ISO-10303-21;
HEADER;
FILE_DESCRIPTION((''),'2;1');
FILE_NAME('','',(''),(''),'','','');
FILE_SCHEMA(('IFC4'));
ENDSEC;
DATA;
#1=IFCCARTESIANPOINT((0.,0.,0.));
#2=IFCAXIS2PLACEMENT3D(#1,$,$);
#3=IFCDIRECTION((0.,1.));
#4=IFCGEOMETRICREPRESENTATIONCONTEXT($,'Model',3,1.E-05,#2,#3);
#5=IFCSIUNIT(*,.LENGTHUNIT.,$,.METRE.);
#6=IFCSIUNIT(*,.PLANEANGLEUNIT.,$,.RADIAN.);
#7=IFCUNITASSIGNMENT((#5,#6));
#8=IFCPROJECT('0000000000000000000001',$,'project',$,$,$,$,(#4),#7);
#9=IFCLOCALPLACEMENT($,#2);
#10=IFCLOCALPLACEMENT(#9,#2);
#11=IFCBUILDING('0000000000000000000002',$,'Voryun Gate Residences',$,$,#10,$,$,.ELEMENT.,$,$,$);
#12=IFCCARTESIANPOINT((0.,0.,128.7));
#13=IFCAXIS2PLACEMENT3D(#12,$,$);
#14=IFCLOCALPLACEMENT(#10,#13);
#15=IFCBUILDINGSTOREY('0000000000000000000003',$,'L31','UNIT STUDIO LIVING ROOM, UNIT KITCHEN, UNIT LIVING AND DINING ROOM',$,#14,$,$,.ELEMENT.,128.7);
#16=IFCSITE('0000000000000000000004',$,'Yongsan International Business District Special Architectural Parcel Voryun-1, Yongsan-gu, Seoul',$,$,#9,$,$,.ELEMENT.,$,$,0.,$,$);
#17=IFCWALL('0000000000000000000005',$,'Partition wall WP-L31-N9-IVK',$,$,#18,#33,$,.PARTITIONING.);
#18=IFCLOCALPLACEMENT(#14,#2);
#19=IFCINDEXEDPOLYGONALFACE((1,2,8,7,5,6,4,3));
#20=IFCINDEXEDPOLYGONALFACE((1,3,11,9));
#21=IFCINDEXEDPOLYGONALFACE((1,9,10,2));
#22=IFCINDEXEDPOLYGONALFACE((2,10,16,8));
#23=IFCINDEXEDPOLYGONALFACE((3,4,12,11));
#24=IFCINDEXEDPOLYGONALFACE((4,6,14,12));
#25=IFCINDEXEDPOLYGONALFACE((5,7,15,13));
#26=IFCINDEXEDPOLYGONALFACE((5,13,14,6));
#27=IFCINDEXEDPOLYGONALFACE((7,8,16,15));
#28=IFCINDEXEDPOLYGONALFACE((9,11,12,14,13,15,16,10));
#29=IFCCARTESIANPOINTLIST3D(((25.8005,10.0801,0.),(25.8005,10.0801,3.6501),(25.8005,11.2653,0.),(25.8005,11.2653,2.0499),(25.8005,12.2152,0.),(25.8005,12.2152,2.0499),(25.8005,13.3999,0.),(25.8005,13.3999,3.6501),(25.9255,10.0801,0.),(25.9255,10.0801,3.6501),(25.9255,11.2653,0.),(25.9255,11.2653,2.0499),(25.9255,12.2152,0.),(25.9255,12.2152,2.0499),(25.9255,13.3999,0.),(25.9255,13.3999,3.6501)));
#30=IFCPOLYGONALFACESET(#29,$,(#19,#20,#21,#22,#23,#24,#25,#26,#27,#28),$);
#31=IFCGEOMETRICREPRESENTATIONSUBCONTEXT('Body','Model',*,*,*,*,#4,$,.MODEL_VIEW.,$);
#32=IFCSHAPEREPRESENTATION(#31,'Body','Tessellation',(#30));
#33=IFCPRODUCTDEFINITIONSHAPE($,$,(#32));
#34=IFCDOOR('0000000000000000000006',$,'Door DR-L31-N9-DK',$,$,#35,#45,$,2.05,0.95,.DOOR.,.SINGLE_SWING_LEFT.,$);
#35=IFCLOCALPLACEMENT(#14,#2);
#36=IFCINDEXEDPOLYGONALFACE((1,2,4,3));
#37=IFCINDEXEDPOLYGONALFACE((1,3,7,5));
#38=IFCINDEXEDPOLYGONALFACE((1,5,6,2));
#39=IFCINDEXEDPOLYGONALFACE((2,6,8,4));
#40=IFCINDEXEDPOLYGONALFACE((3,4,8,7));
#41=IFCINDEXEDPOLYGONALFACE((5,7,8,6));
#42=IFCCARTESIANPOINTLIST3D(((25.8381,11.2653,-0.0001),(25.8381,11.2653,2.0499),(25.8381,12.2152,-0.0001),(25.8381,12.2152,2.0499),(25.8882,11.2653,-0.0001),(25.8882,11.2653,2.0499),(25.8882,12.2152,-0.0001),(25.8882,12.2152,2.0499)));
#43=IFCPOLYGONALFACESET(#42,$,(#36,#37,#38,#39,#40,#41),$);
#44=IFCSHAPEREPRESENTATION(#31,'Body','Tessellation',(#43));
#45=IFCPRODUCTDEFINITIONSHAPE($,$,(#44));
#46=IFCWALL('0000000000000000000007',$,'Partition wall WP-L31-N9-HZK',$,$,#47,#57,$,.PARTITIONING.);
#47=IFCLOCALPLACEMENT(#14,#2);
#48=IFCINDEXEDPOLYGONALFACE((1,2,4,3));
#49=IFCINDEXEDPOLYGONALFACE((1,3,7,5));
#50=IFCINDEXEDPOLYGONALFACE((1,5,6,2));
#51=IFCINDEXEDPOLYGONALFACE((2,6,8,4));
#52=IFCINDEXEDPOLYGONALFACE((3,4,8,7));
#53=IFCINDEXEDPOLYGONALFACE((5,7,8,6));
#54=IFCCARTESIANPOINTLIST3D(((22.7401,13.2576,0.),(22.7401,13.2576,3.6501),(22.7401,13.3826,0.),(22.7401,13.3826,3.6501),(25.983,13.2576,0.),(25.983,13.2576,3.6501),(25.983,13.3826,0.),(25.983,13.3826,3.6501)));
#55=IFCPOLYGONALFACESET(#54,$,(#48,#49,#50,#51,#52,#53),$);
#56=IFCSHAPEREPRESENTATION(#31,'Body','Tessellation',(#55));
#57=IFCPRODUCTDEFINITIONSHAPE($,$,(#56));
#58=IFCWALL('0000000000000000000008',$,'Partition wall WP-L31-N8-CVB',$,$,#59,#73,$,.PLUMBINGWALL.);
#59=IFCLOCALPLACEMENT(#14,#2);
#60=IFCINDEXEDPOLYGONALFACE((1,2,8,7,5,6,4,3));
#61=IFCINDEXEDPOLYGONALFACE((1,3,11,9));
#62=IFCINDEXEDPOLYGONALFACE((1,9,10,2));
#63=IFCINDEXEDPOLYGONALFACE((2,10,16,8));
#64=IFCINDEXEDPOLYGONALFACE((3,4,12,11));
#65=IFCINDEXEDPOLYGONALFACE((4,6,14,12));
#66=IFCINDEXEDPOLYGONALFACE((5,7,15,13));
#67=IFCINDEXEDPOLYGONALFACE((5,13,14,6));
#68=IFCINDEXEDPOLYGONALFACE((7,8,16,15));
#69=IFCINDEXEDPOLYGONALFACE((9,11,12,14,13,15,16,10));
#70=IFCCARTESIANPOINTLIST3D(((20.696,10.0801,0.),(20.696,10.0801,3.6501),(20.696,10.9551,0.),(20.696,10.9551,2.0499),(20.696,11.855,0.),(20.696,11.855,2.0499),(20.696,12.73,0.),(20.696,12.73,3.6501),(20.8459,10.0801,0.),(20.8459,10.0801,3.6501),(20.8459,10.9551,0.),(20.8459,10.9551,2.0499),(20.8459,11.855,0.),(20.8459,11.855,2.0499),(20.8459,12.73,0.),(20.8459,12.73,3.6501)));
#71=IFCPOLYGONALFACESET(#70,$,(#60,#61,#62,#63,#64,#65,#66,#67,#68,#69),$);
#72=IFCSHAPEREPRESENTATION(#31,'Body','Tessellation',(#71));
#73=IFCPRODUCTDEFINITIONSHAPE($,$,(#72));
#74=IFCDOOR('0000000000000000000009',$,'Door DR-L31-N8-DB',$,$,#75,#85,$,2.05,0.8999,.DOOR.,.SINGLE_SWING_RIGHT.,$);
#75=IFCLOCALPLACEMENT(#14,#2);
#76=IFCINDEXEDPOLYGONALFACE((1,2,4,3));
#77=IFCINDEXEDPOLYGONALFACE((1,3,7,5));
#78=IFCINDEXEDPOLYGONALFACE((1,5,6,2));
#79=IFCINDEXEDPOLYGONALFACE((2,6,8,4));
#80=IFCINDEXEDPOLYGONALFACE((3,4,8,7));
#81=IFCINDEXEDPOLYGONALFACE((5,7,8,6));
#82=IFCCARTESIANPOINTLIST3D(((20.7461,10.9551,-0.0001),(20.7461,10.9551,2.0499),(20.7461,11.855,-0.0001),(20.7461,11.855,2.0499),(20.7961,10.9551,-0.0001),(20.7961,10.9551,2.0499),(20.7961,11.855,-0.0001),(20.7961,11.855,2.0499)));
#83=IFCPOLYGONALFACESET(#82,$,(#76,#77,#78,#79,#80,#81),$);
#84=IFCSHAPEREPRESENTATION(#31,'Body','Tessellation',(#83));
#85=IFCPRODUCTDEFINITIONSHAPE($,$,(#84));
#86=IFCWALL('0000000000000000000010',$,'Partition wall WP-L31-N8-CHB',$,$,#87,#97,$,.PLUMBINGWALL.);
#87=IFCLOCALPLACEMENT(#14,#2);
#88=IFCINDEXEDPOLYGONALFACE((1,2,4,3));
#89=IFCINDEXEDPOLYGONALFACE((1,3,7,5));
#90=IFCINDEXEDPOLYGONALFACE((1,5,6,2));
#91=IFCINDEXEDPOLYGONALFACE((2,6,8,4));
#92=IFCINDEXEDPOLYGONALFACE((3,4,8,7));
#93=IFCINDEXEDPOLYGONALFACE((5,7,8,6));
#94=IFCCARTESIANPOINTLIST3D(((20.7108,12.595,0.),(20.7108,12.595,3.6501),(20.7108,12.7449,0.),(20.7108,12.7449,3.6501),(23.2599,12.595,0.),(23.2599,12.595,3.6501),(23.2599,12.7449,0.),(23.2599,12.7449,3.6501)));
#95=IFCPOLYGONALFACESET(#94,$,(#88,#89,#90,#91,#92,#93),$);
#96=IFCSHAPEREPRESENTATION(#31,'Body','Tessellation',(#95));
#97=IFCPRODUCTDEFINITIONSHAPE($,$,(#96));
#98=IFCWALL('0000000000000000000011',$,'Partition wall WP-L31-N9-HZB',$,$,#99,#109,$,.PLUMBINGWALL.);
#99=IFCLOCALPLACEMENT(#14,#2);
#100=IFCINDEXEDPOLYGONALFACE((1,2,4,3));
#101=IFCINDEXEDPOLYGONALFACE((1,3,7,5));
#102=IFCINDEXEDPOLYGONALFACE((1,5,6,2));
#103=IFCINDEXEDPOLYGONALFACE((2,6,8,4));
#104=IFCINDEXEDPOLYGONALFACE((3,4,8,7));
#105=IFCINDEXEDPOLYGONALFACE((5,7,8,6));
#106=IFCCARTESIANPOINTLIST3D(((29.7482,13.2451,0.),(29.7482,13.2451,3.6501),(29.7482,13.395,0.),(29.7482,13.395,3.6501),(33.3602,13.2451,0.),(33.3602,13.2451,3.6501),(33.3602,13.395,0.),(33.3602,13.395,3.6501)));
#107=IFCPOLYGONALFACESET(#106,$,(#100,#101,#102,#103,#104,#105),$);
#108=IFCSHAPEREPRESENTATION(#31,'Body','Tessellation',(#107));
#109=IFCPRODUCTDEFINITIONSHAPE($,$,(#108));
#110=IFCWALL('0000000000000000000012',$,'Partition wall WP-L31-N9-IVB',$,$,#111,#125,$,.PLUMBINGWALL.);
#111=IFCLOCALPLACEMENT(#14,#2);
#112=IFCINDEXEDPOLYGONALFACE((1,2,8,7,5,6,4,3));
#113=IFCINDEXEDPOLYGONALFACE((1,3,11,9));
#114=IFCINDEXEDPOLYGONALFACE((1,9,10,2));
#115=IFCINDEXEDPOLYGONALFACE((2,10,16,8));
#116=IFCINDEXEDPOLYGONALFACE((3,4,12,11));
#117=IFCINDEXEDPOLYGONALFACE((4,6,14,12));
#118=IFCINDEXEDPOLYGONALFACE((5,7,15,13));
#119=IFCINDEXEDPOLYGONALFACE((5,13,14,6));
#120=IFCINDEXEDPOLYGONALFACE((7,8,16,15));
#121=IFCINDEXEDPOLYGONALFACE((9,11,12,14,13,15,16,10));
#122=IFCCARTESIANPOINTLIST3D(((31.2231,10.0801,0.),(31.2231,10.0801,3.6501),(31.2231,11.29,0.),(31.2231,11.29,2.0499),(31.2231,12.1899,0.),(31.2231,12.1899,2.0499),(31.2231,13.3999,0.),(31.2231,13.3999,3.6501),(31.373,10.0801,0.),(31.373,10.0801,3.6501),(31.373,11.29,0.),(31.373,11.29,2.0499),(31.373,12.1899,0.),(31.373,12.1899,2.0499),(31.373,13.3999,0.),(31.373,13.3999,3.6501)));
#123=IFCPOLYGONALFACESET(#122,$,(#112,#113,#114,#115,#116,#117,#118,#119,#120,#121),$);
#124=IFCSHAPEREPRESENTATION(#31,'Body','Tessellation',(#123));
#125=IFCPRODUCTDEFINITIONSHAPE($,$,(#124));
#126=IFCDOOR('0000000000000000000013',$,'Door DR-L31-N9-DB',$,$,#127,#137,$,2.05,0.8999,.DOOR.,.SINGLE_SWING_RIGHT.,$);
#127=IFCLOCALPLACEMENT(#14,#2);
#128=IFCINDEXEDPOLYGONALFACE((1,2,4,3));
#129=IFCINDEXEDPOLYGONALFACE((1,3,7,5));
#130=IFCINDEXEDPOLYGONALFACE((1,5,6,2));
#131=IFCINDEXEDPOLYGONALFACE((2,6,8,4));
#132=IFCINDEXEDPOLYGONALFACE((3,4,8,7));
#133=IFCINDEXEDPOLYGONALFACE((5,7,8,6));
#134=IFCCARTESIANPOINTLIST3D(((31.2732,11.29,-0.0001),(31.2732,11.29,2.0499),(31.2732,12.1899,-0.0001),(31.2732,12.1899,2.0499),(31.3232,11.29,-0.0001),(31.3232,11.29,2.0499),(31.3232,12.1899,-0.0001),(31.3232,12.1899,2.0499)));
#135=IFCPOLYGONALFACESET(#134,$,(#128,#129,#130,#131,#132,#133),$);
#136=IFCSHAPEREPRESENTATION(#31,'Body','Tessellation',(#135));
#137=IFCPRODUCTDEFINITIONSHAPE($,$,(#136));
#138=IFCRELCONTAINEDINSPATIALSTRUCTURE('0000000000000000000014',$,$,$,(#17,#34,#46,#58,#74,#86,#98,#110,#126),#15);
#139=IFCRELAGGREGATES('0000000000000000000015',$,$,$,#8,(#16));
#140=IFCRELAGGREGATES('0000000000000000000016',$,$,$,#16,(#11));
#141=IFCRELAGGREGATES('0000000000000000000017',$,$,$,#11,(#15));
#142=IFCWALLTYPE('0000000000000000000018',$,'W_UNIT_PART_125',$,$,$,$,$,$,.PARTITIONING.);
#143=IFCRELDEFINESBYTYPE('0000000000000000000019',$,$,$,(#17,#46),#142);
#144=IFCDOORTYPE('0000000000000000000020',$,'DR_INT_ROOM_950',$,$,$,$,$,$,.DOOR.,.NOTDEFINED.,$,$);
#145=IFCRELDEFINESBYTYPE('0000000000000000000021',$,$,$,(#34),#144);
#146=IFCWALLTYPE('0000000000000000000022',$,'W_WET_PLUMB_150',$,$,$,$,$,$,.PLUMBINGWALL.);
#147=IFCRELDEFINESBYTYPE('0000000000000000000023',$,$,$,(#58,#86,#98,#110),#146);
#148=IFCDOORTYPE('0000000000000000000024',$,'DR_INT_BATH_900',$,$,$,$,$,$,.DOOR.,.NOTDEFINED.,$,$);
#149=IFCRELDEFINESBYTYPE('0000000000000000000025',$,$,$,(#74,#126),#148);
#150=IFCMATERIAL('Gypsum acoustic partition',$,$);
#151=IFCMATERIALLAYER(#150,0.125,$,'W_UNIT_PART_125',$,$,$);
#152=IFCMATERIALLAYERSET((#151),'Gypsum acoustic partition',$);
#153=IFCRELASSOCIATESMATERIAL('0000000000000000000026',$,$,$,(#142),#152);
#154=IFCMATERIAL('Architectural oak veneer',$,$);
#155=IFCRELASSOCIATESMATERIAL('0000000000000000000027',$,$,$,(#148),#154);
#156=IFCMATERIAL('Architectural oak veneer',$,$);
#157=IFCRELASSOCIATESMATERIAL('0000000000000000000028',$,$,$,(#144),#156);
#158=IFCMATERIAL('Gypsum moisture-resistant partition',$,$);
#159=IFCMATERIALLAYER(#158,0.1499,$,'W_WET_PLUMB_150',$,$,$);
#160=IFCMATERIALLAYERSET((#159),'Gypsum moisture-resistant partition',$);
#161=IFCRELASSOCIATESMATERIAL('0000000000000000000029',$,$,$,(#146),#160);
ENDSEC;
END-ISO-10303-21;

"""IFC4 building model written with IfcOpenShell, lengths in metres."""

from ifc_helpers import new_model, si_unit, direction, frame, frame_2d, origin, place, context, subcontext, project, spatial, rectangle, extrude, material, layer, layer_set, type_object, element, fill, save


model = new_model("IFC4")

# Units and contexts
model_context = context("Model", 3, precision=1e-05, world=origin(), true_north=direction((0.0, 1.0)))
body_context = subcontext(model_context, "Body", "Model", "MODEL_VIEW")
ifc_project = project(units=[si_unit("LENGTHUNIT", "METRE"), si_unit("PLANEANGLEUNIT", "RADIAN")], contexts=[model_context])

# Site, building, storey
site_placement = place(None, origin())
site = spatial("IfcSite", under=ifc_project, at=site_placement, Name="Yongsan International Business District Special Architectural Parcel Voryun-1, Yongsan-gu, Seoul", CompositionType="ELEMENT", RefElevation=0.0)
building_placement = place(site_placement, origin())
building = spatial("IfcBuilding", under=site, at=building_placement, Name="Voryun Gate Residences", CompositionType="ELEMENT")
storey_placement = place(building_placement, frame((0.0, 0.0, 128.7)))
storey = spatial("IfcBuildingStorey", under=building, at=storey_placement, Name="L31", Description="UNIT STUDIO LIVING ROOM, UNIT KITCHEN, UNIT LIVING AND DINING ROOM", CompositionType="ELEMENT", Elevation=128.7)

# Wall, opening, door
ifc_material_1 = material(Name="Gypsum acoustic partition")
ifc_layer_1 = layer(ifc_material_1, 0.125, Name="W_UNIT_PART_125")
ifc_layer_set_1 = layer_set([ifc_layer_1], Name="Gypsum acoustic partition")
wall_type_1 = type_object("IfcWallType", Name="W_UNIT_PART_125", PredefinedType="PARTITIONING", material=ifc_layer_set_1)
ifc_material_2 = material(Name="Architectural oak veneer")
door_type_1 = type_object("IfcDoorType", Name="DR_INT_BATH_900", OperationType="NOTDEFINED", PredefinedType="DOOR", material=ifc_material_2)
wall_1_placement = place(storey_placement, frame((25.863, 10.0801, 0.0), z_axis=(0.0, 0.0, 1.0), x_axis=(0.0, 1.0, 0.0)))
wall_1 = element("IfcWall", 1, at=wall_1_placement, inside=storey, type_object=wall_type_1, Name="Partition wall WP-L31-N9-IVK", PredefinedType="PARTITIONING", context=body_context, shape_type="SweptSolid", body=[
    extrude(rectangle(XDim=3.3198, YDim=0.125, at=frame_2d((1.6599, 0.0))), origin(), (0.0, 0.0, 1.0), 3.6501),
])
opening_1_placement = place(wall_1_placement, frame((1.1851, 0.0, 0.0)))
opening_1 = element("IfcOpeningElement", 2, at=opening_1_placement, cuts=wall_1, PredefinedType="OPENING", context=body_context, shape_type="SweptSolid", body=[
    extrude(rectangle(XDim=0.95, YDim=2.05, at=frame_2d((0.4751, 1.0249))), frame((0.0, 0.0725, 0.0), z_axis=(0.0, -1.0, 0.0), x_axis=(1.0, 0.0, 0.0)), (0.0, 0.0, 1.0), 0.145),
])
ifc_material_3 = material(Name="Architectural oak veneer")
door_type_2 = type_object("IfcDoorType", Name="DR_INT_ROOM_950", OperationType="NOTDEFINED", PredefinedType="DOOR", material=ifc_material_3)
door_1_placement = place(opening_1_placement, origin())
door_1 = element("IfcDoor", 3, at=door_1_placement, inside=storey, type_object=door_type_2, Name="Door DR-L31-N9-DK", OperationType="SINGLE_SWING_LEFT", OverallHeight=2.05, OverallWidth=0.95, PredefinedType="DOOR", context=body_context, shape_type="SweptSolid", body=[
    extrude(rectangle(XDim=0.95, YDim=2.05, at=frame_2d((0.4751, 1.0249))), frame((0.0, 0.0249, 0.0), z_axis=(0.0, -1.0, 0.0), x_axis=(1.0, 0.0, 0.0)), (0.0, 0.0, 1.0), 0.05),
])
fill(opening_1, door_1)

# Wall
wall_2_placement = place(storey_placement, frame((22.74, 13.3201, 0.0), z_axis=(0.0, 0.0, 1.0), x_axis=(1.0, 0.0, 0.0)))
element("IfcWall", 4, at=wall_2_placement, inside=storey, type_object=wall_type_1, Name="Partition wall WP-L31-N9-HZK", PredefinedType="PARTITIONING", context=body_context, shape_type="SweptSolid", body=[
    extrude(rectangle(XDim=3.2429, YDim=0.125, at=frame_2d((1.6216, 0.0))), origin(), (0.0, 0.0, 1.0), 3.6501),
])

# Wall, opening, door
ifc_material_4 = material(Name="Gypsum moisture-resistant partition")
ifc_layer_2 = layer(ifc_material_4, 0.1499, Name="W_WET_PLUMB_150")
ifc_layer_set_2 = layer_set([ifc_layer_2], Name="Gypsum moisture-resistant partition")
wall_type_2 = type_object("IfcWallType", Name="W_WET_PLUMB_150", PredefinedType="PLUMBINGWALL", material=ifc_layer_set_2)
wall_3_placement = place(storey_placement, frame((20.771, 10.0801, 0.0), z_axis=(0.0, 0.0, 1.0), x_axis=(0.0, 1.0, 0.0)))
wall_3 = element("IfcWall", 5, at=wall_3_placement, inside=storey, type_object=wall_type_2, Name="Partition wall WP-L31-N8-CVB", PredefinedType="PLUMBINGWALL", context=body_context, shape_type="SweptSolid", body=[
    extrude(rectangle(XDim=2.6499, YDim=0.1499, at=frame_2d((1.325, 0.0))), origin(), (0.0, 0.0, 1.0), 3.6501),
])
opening_2_placement = place(wall_3_placement, frame((0.875, 0.0, 0.0)))
opening_2 = element("IfcOpeningElement", 6, at=opening_2_placement, cuts=wall_3, PredefinedType="OPENING", context=body_context, shape_type="SweptSolid", body=[
    extrude(rectangle(XDim=0.8999, YDim=2.05, at=frame_2d((0.45, 1.0249))), frame((0.0, 0.085, 0.0), z_axis=(0.0, -1.0, 0.0), x_axis=(1.0, 0.0, 0.0)), (0.0, 0.0, 1.0), 0.1699),
])
door_2_placement = place(opening_2_placement, origin())
door_2 = element("IfcDoor", 7, at=door_2_placement, inside=storey, type_object=door_type_1, Name="Door DR-L31-N8-DB", OperationType="SINGLE_SWING_RIGHT", OverallHeight=2.05, OverallWidth=0.8999, PredefinedType="DOOR", context=body_context, shape_type="SweptSolid", body=[
    extrude(rectangle(XDim=0.8999, YDim=2.05, at=frame_2d((0.45, 1.0249))), frame((0.0, 0.0249, 0.0), z_axis=(0.0, -1.0, 0.0), x_axis=(1.0, 0.0, 0.0)), (0.0, 0.0, 1.0), 0.05),
])
fill(opening_2, door_2)

# Walls
wall_4_placement = place(storey_placement, frame((20.7109, 12.6699, 0.0), z_axis=(0.0, 0.0, 1.0), x_axis=(1.0, 0.0, 0.0)))
element("IfcWall", 8, at=wall_4_placement, inside=storey, type_object=wall_type_2, Name="Partition wall WP-L31-N8-CHB", PredefinedType="PLUMBINGWALL", context=body_context, shape_type="SweptSolid", body=[
    extrude(rectangle(XDim=2.5491, YDim=0.1499, at=frame_2d((1.2744, 0.0))), origin(), (0.0, 0.0, 1.0), 3.6501),
])
wall_5_placement = place(storey_placement, frame((29.748, 13.3201, 0.0), z_axis=(0.0, 0.0, 1.0), x_axis=(1.0, 0.0, 0.0)))
element("IfcWall", 9, at=wall_5_placement, inside=storey, type_object=wall_type_2, Name="Partition wall WP-L31-N9-HZB", PredefinedType="PLUMBINGWALL", context=body_context, shape_type="SweptSolid", body=[
    extrude(rectangle(XDim=3.6121, YDim=0.1499, at=frame_2d((1.8062, 0.0))), origin(), (0.0, 0.0, 1.0), 3.6501),
])

# Wall, opening, door
wall_6_placement = place(storey_placement, frame((31.2981, 10.0801, 0.0), z_axis=(0.0, 0.0, 1.0), x_axis=(0.0, 1.0, 0.0)))
wall_6 = element("IfcWall", 10, at=wall_6_placement, inside=storey, type_object=wall_type_2, Name="Partition wall WP-L31-N9-IVB", PredefinedType="PLUMBINGWALL", context=body_context, shape_type="SweptSolid", body=[
    extrude(rectangle(XDim=3.3198, YDim=0.1499, at=frame_2d((1.6599, 0.0))), origin(), (0.0, 0.0, 1.0), 3.6501),
])
opening_3_placement = place(wall_6_placement, frame((1.21, 0.0, 0.0)))
opening_3 = element("IfcOpeningElement", 11, at=opening_3_placement, cuts=wall_6, PredefinedType="OPENING", context=body_context, shape_type="SweptSolid", body=[
    extrude(rectangle(XDim=0.8999, YDim=2.05, at=frame_2d((0.45, 1.0249))), frame((0.0, 0.085, 0.0), z_axis=(0.0, -1.0, 0.0), x_axis=(1.0, 0.0, 0.0)), (0.0, 0.0, 1.0), 0.1699),
])
door_3_placement = place(opening_3_placement, origin())
door_3 = element("IfcDoor", 12, at=door_3_placement, inside=storey, type_object=door_type_1, Name="Door DR-L31-N9-DB", OperationType="SINGLE_SWING_RIGHT", OverallHeight=2.05, OverallWidth=0.8999, PredefinedType="DOOR", context=body_context, shape_type="SweptSolid", body=[
    extrude(rectangle(XDim=0.8999, YDim=2.05, at=frame_2d((0.45, 1.0249))), frame((0.0, 0.0249, 0.0), z_axis=(0.0, -1.0, 0.0), x_axis=(1.0, 0.0, 0.0)), (0.0, 0.0, 1.0), 0.05),
])
fill(opening_3, door_3)

save(model, "model.ifc")
